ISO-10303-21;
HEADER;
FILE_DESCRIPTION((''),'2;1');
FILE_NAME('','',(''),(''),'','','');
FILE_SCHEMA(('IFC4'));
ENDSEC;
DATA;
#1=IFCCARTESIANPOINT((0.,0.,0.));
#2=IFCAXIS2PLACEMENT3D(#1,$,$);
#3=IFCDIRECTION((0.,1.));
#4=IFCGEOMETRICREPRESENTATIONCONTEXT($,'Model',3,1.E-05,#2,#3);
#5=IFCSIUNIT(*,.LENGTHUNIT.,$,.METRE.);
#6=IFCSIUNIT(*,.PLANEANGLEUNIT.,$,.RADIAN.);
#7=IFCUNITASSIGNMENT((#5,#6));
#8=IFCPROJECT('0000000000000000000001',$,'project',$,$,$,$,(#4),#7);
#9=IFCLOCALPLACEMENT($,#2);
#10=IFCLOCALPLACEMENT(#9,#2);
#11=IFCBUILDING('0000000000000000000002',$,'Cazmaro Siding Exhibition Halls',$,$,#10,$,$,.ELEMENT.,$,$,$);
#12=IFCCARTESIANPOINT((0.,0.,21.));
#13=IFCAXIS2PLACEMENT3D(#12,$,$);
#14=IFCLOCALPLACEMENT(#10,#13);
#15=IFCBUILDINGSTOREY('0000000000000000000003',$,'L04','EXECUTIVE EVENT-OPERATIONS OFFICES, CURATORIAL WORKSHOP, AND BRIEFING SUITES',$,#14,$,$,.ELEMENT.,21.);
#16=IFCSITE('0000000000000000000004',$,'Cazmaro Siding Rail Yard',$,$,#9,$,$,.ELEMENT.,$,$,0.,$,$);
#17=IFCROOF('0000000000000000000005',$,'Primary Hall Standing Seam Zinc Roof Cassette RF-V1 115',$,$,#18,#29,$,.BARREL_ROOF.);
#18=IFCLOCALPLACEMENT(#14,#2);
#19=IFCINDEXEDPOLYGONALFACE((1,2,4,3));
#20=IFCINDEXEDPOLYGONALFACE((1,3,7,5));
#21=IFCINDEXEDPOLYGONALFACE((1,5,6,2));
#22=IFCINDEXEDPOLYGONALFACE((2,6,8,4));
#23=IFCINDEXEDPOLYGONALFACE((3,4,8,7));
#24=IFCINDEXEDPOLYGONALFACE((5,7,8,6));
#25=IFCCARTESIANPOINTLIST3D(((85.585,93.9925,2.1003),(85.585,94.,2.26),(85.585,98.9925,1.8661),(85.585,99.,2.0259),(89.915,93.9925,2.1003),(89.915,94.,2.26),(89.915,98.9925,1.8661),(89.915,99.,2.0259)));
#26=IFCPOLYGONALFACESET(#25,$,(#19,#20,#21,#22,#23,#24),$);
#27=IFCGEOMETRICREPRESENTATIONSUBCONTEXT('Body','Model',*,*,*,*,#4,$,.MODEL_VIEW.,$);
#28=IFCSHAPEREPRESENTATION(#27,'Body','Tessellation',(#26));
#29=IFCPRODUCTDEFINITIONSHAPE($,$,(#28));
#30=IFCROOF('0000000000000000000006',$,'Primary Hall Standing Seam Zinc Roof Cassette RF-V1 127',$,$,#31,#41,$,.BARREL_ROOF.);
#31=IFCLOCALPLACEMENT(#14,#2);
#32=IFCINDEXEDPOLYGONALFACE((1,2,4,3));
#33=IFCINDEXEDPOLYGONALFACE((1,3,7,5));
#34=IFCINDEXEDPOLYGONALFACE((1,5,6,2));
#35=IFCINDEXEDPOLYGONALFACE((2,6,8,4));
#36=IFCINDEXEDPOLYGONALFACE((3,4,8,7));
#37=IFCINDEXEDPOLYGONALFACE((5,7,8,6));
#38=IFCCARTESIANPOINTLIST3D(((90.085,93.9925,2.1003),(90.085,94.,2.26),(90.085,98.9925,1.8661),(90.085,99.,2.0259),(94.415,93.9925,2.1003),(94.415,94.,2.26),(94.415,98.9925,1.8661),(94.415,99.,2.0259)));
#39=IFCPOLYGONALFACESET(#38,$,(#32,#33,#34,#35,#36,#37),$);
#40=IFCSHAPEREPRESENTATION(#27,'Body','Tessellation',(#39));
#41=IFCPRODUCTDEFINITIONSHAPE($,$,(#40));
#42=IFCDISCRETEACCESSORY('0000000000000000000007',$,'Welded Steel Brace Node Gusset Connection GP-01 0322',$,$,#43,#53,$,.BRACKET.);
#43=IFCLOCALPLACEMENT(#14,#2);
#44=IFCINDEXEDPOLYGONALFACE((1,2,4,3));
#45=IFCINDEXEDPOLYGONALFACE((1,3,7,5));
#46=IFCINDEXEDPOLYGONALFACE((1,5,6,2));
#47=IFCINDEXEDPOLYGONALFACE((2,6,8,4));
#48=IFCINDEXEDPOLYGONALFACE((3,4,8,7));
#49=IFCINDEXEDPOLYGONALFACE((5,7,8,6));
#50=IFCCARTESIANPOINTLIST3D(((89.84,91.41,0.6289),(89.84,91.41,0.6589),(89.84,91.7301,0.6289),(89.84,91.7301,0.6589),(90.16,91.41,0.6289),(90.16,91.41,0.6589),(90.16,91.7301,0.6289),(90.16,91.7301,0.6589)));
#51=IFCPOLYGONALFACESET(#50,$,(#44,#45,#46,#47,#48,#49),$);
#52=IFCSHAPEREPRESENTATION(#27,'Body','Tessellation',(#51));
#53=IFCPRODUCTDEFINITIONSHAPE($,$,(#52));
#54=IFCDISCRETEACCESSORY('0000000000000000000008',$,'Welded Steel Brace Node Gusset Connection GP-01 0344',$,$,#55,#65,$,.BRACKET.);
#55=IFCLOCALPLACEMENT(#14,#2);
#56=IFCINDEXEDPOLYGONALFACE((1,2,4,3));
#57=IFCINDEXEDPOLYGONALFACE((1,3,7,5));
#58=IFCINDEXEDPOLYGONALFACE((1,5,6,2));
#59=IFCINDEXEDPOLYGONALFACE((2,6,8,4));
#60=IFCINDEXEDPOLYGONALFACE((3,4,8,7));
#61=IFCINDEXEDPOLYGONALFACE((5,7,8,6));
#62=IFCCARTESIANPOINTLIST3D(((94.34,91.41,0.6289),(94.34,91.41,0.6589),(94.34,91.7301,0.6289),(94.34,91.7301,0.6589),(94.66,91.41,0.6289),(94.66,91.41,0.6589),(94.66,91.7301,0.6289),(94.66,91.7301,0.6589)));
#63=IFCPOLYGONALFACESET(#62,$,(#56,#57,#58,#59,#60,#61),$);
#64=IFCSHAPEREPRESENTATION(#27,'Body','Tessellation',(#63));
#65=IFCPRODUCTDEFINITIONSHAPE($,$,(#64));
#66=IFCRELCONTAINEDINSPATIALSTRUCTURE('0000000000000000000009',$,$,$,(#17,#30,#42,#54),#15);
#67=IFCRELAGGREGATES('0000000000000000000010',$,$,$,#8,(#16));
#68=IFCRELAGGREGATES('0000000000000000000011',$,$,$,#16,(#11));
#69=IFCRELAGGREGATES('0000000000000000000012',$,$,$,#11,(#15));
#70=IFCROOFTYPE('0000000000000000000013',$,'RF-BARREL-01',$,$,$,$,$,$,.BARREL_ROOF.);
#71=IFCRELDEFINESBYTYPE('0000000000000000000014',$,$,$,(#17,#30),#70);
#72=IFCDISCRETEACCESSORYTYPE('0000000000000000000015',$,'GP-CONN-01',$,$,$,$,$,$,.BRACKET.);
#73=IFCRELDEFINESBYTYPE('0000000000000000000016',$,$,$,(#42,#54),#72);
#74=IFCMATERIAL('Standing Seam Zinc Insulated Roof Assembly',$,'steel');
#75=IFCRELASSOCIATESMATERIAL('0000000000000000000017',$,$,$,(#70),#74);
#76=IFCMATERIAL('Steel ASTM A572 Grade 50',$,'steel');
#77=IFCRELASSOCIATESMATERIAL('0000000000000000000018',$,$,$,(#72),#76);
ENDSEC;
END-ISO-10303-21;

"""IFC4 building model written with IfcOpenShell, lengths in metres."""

from ifc_helpers import new_model, si_unit, direction, frame, origin, origin_2d, place, context, subcontext, project, spatial, polyline, rectangle, outline, extrude, material, type_object, element, save


model = new_model("IFC4")

# Units and contexts
model_context = context("Model", 3, precision=1e-05, world=origin(), true_north=direction((0.0, 1.0)))
body_context = subcontext(model_context, "Body", "Model", "MODEL_VIEW")
ifc_project = project(units=[si_unit("LENGTHUNIT", "METRE"), si_unit("PLANEANGLEUNIT", "RADIAN")], contexts=[model_context])

# Site, building, storey
site_placement = place(None, origin())
site = spatial("IfcSite", under=ifc_project, at=site_placement, Name="Cazmaro Siding Rail Yard", CompositionType="ELEMENT", RefElevation=0.0)
building_placement = place(site_placement, origin())
building = spatial("IfcBuilding", under=site, at=building_placement, Name="Cazmaro Siding Exhibition Halls", CompositionType="ELEMENT")
storey_placement = place(building_placement, frame((0.0, 0.0, 21.0)))
storey = spatial("IfcBuildingStorey", under=building, at=storey_placement, Name="L04", Description="EXECUTIVE EVENT-OPERATIONS OFFICES, CURATORIAL WORKSHOP, AND BRIEFING SUITES", CompositionType="ELEMENT", Elevation=21.0)

# Roofs
ifc_material_1 = material(Name="Standing Seam Zinc Insulated Roof Assembly", Category="steel")
roof_type = type_object("IfcRoofType", Name="RF-BARREL-01", PredefinedType="BARREL_ROOF", material=ifc_material_1)
for number, where, z_axis, x_axis, name in (
    (1, (85.585, 94.0, 2.26), (0.0, 0.046775, 0.998905), (1.0, 0.0, 0.0), "Primary Hall Standing Seam Zinc Roof Cassette RF-V1 115"),
    (2, (90.085, 94.0, 2.26), (0.0, 0.046775, 0.998905), (1.0, 0.0, 0.0), "Primary Hall Standing Seam Zinc Roof Cassette RF-V1 127"),
):
    element("IfcRoof", number, at=place(storey_placement, frame(where, z_axis=z_axis, x_axis=x_axis)), inside=storey, type_object=roof_type, Name=name, PredefinedType="BARREL_ROOF", context=body_context, shape_type="SweptSolid", body=[
        extrude(outline(polyline([(0.0, 0.0), (4.3301, 0.0), (4.3301, 5.0055), (0.0, 5.0055), (0.0, 0.0)])), origin(), (0.0, 0.0, -1.0), 0.1599),
    ])

# Discrete accessories
ifc_material_2 = material(Name="Steel ASTM A572 Grade 50", Category="steel")
discrete_accessory_type = type_object("IfcDiscreteAccessoryType", Name="GP-CONN-01", PredefinedType="BRACKET", material=ifc_material_2)
for number, where, z_axis, x_axis, name in (
    (3, (90.0, 91.5701, 0.6289), (0.0, 0.0, 1.0), (1.0, 0.0, 0.0), "Welded Steel Brace Node Gusset Connection GP-01 0322"),
    (4, (94.5, 91.5701, 0.6289), (0.0, 0.0, 1.0), (1.0, 0.0, 0.0), "Welded Steel Brace Node Gusset Connection GP-01 0344"),
):
    element("IfcDiscreteAccessory", number, at=place(storey_placement, frame(where, z_axis=z_axis, x_axis=x_axis)), inside=storey, type_object=discrete_accessory_type, Name=name, PredefinedType="BRACKET", context=body_context, shape_type="SweptSolid", body=[
        extrude(rectangle(XDim=0.3201, YDim=0.3201, at=origin_2d()), origin(), (0.0, 0.0, 1.0), 0.03),
    ])

save(model, "model.ifc")
